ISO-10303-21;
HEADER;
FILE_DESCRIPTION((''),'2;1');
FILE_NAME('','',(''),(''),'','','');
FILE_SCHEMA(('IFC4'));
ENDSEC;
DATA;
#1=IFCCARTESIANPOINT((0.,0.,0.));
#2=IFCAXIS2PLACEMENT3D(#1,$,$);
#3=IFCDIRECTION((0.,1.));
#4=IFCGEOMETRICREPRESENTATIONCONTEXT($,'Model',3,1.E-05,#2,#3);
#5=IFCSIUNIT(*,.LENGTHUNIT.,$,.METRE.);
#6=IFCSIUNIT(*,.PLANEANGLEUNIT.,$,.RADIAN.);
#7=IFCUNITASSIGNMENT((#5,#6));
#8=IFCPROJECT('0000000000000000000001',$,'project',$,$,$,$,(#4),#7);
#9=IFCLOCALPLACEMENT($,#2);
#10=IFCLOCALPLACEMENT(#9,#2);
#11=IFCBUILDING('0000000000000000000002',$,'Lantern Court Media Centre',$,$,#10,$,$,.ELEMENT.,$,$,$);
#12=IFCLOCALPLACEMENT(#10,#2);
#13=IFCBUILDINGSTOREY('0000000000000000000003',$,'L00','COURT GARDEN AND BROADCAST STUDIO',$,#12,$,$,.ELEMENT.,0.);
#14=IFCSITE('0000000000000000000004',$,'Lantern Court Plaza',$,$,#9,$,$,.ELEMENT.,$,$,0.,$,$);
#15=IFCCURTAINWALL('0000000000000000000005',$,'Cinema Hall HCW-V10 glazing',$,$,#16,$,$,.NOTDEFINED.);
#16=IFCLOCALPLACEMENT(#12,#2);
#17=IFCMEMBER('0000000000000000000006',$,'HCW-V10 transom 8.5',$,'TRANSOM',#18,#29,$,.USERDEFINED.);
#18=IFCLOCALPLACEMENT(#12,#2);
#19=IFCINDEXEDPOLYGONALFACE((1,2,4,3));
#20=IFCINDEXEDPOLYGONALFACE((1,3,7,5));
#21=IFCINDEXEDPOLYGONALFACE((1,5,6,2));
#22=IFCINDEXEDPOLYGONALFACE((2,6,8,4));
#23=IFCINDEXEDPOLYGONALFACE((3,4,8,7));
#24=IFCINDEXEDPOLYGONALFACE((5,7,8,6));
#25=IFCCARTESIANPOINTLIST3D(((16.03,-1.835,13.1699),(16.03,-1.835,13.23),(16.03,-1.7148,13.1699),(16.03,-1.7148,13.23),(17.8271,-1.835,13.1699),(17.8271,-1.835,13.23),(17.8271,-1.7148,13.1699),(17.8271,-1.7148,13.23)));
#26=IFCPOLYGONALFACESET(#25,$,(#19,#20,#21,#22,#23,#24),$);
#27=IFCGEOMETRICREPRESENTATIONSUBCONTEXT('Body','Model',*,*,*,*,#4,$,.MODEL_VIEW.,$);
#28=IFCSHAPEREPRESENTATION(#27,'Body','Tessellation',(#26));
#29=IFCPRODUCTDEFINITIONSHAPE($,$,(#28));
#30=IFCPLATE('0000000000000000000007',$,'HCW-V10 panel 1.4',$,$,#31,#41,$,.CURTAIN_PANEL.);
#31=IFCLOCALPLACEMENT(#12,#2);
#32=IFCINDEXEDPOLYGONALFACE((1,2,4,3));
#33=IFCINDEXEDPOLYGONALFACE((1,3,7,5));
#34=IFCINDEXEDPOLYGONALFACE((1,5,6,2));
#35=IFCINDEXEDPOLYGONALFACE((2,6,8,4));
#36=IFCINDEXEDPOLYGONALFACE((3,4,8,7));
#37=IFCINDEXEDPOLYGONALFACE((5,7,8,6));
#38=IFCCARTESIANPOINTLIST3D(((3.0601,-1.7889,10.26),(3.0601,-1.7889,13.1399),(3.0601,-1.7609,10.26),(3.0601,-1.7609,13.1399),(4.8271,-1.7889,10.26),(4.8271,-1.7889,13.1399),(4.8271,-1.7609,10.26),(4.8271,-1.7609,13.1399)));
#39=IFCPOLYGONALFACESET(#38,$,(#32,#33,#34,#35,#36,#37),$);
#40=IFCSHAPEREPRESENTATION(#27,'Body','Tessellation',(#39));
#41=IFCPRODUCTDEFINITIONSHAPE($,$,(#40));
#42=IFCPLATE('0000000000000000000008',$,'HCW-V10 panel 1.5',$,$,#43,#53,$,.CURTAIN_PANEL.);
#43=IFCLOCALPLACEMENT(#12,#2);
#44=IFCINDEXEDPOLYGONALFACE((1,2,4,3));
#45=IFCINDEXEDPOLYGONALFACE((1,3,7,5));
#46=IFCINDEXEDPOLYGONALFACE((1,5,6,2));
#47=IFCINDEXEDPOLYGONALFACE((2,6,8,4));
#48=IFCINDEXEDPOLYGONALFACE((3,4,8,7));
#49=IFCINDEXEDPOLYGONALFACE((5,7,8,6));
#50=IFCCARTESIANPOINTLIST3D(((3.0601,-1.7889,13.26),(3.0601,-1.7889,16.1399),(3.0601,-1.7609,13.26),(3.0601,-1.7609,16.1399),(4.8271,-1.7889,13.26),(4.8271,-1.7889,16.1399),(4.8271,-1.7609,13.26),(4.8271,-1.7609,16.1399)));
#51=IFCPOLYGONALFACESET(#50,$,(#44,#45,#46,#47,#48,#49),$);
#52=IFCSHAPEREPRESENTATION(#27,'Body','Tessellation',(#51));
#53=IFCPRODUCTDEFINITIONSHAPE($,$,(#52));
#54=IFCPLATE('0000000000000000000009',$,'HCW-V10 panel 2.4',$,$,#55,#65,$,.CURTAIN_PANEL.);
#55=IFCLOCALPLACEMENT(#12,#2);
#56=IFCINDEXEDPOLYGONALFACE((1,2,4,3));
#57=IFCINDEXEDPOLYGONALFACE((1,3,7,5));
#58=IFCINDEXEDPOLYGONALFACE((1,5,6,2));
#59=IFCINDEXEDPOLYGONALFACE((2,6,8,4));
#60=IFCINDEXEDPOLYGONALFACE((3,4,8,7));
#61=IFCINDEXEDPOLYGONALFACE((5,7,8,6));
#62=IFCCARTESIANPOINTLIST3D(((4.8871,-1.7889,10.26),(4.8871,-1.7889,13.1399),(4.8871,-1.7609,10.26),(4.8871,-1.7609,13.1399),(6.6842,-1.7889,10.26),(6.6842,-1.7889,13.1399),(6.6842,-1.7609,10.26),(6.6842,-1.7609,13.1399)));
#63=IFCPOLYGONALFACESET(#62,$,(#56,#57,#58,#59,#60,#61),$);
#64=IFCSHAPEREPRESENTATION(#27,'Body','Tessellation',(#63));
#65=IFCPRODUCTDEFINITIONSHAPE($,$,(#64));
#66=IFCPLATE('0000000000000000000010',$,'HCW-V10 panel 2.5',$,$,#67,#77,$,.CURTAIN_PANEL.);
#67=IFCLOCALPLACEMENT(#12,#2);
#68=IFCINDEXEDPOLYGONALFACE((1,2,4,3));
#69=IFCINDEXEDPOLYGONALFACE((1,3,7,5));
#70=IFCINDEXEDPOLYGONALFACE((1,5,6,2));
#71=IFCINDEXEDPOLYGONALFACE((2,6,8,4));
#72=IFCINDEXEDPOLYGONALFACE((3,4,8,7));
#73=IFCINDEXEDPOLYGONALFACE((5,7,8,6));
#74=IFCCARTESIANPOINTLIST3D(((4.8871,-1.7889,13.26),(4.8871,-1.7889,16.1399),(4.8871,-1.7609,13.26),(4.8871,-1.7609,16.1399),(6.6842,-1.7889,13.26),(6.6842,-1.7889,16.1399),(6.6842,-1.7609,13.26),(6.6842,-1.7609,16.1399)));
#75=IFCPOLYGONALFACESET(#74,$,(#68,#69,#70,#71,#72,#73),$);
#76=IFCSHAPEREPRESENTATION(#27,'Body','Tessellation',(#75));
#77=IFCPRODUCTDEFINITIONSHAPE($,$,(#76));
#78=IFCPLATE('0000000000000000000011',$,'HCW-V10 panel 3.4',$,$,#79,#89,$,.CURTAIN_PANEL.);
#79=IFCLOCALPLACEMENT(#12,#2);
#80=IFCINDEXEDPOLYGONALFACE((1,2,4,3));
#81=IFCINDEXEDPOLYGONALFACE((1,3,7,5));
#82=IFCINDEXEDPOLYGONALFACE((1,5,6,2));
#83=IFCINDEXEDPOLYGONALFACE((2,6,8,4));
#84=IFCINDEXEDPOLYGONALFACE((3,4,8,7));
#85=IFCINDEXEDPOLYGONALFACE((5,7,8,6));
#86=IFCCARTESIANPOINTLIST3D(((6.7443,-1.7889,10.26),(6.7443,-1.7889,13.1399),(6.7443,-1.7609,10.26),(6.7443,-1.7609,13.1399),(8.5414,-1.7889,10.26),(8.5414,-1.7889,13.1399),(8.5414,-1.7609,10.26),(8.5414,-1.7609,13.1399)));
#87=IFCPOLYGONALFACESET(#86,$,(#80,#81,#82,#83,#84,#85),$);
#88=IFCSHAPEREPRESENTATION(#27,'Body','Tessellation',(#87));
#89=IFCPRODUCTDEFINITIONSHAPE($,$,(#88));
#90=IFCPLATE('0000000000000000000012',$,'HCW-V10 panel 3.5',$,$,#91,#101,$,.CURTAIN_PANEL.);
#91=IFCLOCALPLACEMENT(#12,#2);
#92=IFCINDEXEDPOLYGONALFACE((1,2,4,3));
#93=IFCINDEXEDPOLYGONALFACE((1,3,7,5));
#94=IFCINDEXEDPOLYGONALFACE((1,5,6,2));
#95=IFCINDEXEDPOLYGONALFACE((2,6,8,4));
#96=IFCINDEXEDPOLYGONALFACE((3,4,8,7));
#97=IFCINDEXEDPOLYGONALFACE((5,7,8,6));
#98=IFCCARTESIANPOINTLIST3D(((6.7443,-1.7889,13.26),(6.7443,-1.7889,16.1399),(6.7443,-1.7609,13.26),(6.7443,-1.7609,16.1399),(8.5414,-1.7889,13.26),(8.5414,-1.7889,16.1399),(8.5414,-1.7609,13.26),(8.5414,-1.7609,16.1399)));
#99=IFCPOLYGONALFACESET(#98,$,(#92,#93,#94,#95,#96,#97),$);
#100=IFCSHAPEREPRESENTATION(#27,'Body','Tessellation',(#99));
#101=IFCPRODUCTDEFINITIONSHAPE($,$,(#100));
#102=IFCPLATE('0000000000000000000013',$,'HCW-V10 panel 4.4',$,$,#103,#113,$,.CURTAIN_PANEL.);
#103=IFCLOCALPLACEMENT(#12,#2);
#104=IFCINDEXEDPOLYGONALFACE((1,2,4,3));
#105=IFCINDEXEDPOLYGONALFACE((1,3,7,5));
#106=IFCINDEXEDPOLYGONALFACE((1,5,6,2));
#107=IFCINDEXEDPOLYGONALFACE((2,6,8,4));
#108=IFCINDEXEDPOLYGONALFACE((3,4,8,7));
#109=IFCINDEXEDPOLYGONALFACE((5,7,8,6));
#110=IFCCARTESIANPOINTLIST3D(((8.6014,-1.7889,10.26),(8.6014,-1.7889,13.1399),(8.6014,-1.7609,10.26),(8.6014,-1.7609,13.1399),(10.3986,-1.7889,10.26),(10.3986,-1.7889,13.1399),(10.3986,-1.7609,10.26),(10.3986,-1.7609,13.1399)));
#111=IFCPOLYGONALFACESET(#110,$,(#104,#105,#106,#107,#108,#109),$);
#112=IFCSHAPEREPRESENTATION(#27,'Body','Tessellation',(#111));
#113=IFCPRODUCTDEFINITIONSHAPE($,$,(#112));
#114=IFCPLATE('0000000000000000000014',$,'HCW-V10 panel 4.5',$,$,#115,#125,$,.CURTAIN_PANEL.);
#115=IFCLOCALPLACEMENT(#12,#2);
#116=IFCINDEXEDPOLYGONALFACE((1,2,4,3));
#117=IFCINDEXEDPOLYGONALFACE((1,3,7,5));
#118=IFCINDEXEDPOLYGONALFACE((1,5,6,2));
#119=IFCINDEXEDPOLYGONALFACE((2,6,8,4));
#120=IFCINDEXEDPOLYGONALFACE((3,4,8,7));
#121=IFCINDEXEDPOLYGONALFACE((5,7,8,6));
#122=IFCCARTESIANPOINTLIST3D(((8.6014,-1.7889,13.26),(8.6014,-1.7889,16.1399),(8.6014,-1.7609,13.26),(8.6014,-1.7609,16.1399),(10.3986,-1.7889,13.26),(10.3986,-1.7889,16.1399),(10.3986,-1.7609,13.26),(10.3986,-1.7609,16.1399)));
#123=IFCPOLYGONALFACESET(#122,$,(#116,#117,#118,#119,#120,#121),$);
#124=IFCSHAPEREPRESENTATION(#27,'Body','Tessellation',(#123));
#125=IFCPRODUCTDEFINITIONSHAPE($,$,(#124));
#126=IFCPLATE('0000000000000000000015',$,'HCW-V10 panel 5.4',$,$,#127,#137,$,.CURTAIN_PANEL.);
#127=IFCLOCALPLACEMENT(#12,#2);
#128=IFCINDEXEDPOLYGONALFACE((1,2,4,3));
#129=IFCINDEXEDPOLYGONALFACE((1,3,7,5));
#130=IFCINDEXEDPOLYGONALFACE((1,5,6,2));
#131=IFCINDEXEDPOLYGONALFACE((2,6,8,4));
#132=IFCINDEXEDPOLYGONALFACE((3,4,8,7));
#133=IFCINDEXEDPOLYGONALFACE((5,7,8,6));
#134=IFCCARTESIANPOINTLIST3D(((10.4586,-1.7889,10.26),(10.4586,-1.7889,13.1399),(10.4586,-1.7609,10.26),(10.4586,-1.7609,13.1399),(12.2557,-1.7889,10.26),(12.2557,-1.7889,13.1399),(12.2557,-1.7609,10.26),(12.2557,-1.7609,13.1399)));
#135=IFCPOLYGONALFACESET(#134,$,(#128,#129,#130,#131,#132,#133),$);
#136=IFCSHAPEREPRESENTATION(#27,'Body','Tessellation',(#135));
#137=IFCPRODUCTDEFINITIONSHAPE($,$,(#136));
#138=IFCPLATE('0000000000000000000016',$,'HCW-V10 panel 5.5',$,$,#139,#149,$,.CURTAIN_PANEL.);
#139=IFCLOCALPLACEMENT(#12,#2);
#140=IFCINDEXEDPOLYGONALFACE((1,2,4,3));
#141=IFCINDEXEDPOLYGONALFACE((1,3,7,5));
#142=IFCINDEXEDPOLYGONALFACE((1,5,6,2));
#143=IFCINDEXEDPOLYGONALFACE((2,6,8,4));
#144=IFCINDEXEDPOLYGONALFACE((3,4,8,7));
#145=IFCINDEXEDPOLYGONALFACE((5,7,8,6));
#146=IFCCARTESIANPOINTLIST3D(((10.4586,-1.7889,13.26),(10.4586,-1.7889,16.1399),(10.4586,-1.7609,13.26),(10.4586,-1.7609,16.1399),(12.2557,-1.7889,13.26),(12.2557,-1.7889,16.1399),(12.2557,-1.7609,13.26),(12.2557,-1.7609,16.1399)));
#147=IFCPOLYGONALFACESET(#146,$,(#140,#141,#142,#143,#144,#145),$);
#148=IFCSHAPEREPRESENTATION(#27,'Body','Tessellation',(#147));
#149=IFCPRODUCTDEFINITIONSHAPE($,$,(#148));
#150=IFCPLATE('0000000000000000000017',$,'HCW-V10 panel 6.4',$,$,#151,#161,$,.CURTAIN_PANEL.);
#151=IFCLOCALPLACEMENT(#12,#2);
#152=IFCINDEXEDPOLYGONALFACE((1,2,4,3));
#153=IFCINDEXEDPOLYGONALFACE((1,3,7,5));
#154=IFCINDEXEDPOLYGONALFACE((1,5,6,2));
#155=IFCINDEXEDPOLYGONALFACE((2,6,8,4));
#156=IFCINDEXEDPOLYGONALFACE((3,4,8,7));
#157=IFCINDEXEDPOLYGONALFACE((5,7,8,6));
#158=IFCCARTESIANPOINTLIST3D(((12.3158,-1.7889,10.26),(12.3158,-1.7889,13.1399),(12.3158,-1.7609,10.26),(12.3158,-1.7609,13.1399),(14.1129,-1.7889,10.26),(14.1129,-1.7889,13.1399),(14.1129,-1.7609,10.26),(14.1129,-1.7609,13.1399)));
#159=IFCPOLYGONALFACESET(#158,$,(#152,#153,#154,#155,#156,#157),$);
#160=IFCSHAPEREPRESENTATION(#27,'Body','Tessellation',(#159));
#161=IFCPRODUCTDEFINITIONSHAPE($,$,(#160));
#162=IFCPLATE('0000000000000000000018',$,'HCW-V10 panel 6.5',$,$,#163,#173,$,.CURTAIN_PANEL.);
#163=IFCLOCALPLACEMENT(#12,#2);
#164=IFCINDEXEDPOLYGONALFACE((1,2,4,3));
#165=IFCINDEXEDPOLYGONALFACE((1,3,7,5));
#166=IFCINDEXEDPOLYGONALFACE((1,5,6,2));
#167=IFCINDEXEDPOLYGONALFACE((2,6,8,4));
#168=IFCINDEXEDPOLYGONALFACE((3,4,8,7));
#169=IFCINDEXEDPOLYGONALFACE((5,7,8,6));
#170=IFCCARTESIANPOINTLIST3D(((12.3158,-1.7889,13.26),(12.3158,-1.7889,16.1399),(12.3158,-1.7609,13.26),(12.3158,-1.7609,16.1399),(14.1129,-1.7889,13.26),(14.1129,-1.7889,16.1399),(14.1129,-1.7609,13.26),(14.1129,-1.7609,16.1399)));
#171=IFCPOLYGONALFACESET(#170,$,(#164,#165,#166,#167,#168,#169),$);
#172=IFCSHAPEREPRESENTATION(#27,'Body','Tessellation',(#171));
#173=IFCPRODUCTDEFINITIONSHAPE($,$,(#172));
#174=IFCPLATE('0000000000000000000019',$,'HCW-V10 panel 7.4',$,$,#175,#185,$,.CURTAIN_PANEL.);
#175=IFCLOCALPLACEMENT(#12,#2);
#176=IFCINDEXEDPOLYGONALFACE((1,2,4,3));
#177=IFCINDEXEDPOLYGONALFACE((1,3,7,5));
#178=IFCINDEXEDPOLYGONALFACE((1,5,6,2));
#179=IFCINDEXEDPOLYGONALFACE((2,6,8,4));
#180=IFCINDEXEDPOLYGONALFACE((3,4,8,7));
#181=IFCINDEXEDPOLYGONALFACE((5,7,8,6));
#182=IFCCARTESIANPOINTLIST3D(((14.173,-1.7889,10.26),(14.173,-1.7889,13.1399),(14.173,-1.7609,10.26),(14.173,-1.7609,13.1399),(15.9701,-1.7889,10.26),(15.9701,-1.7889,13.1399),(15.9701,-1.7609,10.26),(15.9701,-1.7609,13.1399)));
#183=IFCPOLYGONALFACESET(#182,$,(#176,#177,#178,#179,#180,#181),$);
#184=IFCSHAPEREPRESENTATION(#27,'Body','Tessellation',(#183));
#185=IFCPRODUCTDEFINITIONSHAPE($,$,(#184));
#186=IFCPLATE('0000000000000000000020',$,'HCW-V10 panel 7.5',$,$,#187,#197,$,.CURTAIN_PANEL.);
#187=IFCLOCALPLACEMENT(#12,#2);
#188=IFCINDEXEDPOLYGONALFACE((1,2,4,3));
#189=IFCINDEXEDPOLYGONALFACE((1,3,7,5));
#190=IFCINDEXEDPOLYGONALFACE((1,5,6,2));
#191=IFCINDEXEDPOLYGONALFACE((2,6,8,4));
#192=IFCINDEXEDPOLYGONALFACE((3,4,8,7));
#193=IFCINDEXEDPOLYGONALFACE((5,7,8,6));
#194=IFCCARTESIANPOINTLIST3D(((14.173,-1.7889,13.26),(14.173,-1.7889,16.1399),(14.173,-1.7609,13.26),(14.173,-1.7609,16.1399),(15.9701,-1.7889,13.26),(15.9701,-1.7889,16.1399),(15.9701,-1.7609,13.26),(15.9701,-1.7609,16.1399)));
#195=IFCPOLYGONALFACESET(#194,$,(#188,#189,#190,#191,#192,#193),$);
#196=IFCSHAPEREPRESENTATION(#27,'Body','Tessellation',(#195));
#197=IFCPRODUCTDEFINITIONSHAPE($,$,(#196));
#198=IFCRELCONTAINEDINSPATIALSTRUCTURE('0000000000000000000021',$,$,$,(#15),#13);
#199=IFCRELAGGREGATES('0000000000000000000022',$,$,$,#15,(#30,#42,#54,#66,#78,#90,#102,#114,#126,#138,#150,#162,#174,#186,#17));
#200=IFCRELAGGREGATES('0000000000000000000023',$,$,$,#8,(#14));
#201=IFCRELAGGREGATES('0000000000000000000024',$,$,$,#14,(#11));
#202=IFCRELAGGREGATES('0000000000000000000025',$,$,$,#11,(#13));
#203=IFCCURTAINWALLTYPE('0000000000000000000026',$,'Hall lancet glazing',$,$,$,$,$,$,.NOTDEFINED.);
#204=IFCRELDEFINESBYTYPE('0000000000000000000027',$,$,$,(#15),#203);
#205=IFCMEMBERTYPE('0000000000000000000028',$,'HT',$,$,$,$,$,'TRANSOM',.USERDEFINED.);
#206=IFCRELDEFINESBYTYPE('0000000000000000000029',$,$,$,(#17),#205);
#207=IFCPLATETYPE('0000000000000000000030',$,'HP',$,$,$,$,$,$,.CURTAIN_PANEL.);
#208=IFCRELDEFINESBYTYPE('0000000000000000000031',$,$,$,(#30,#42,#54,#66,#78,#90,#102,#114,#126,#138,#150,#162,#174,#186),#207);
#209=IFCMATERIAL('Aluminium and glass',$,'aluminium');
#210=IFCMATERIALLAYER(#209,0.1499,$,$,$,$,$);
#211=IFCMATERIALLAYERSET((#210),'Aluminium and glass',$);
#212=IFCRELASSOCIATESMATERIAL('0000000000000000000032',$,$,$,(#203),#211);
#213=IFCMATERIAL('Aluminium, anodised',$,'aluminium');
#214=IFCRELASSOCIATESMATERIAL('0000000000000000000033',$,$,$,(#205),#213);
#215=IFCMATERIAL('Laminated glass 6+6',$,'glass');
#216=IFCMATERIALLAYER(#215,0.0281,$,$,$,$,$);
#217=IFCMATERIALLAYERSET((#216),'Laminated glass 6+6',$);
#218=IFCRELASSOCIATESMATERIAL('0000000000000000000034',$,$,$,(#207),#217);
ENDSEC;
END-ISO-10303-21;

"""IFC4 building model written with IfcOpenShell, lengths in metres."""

from ifc_helpers import new_model, si_unit, direction, frame, origin, origin_2d, place, context, subcontext, project, spatial, rectangle, extrude, material, layer, layer_set, material_profile, profile_set, type_object, element, aggregate, save


model = new_model("IFC4")

# Units and contexts
model_context = context("Model", 3, precision=1e-05, world=origin(), true_north=direction((0.0, 1.0)))
body_context = subcontext(model_context, "Body", "Model", "MODEL_VIEW")
ifc_project = project(units=[si_unit("LENGTHUNIT", "METRE"), si_unit("PLANEANGLEUNIT", "RADIAN")], contexts=[model_context])

# Site, building, storey
site_placement = place(None, origin())
site = spatial("IfcSite", under=ifc_project, at=site_placement, Name="Lantern Court Plaza", CompositionType="ELEMENT", RefElevation=0.0)
building_placement = place(site_placement, origin())
building = spatial("IfcBuilding", under=site, at=building_placement, Name="Lantern Court Media Centre", CompositionType="ELEMENT")
storey_placement = place(building_placement, origin())
storey = spatial("IfcBuildingStorey", under=building, at=storey_placement, Name="L00", Description="COURT GARDEN AND BROADCAST STUDIO", CompositionType="ELEMENT", Elevation=0.0)

# Curtain wall, member, plates
ifc_material_1 = material(Name="Aluminium and glass", Category="aluminium")
ifc_layer_1 = layer(ifc_material_1, 0.1499)
ifc_layer_set_1 = layer_set([ifc_layer_1], Name="Aluminium and glass")
curtain_wall_type = type_object("IfcCurtainWallType", Name="Hall lancet glazing", PredefinedType="NOTDEFINED", material=ifc_layer_set_1)
curtain_wall_placement = place(storey_placement, origin())
curtain_wall = element("IfcCurtainWall", 1, at=curtain_wall_placement, inside=storey, type_object=curtain_wall_type, Name="Cinema Hall HCW-V10 glazing", PredefinedType="NOTDEFINED")
ifc_material_2 = material(Name="Aluminium, anodised", Category="aluminium")
ifc_material_profile = material_profile(ifc_material_2, rectangle(XDim=0.1201, YDim=0.0601, at=origin_2d()), Name="HT")
ifc_profile_set = profile_set([ifc_material_profile], Name="Aluminium, anodised")
member_type = type_object("IfcMemberType", Name="HT", ElementType="TRANSOM", PredefinedType="USERDEFINED", material=ifc_profile_set)
member_1_placement = place(storey_placement, frame((16.03, -1.7749, 13.2), z_axis=(1.0, 0.0, 0.0), x_axis=(0.0, 1.0, 0.0)))
member_1 = element("IfcMember", 2, at=member_1_placement, type_object=member_type, Name="HCW-V10 transom 8.5", ObjectType="TRANSOM", PredefinedType="USERDEFINED", context=body_context, shape_type="SweptSolid", body=[
    extrude(rectangle(XDim=0.1201, YDim=0.0601, at=origin_2d()), origin(), (0.0, 0.0, 1.0), 1.7971),
])
ifc_material_3 = material(Name="Laminated glass 6+6", Category="glass")
ifc_layer_2 = layer(ifc_material_3, 0.0281)
ifc_layer_set_2 = layer_set([ifc_layer_2], Name="Laminated glass 6+6")
plate_type = type_object("IfcPlateType", Name="HP", PredefinedType="CURTAIN_PANEL", material=ifc_layer_set_2)
plate_1_placement = place(storey_placement, frame((3.9436, -1.7749, 10.26), z_axis=(0.0, 0.0, 1.0), x_axis=(1.0, 0.0, 0.0)))
plate_1 = element("IfcPlate", 3, at=plate_1_placement, type_object=plate_type, Name="HCW-V10 panel 1.4", PredefinedType="CURTAIN_PANEL", context=body_context, shape_type="SweptSolid", body=[
    extrude(rectangle(XDim=1.7671, YDim=0.0281, at=origin_2d()), origin(), (0.0, 0.0, 1.0), 2.8799),
])
plate_2_placement = place(storey_placement, frame((3.9436, -1.7749, 13.26), z_axis=(0.0, 0.0, 1.0), x_axis=(1.0, 0.0, 0.0)))
plate_2 = element("IfcPlate", 4, at=plate_2_placement, type_object=plate_type, Name="HCW-V10 panel 1.5", PredefinedType="CURTAIN_PANEL", context=body_context, shape_type="SweptSolid", body=[
    extrude(rectangle(XDim=1.7671, YDim=0.0281, at=origin_2d()), origin(), (0.0, 0.0, 1.0), 2.8799),
])
plate_3_placement = place(storey_placement, frame((5.7856, -1.7749, 10.26), z_axis=(0.0, 0.0, 1.0), x_axis=(1.0, 0.0, 0.0)))
plate_3 = element("IfcPlate", 5, at=plate_3_placement, type_object=plate_type, Name="HCW-V10 panel 2.4", PredefinedType="CURTAIN_PANEL", context=body_context, shape_type="SweptSolid", body=[
    extrude(rectangle(XDim=1.7971, YDim=0.0281, at=origin_2d()), origin(), (0.0, 0.0, 1.0), 2.8799),
])
plate_4_placement = place(storey_placement, frame((5.7856, -1.7749, 13.26), z_axis=(0.0, 0.0, 1.0), x_axis=(1.0, 0.0, 0.0)))
plate_4 = element("IfcPlate", 6, at=plate_4_placement, type_object=plate_type, Name="HCW-V10 panel 2.5", PredefinedType="CURTAIN_PANEL", context=body_context, shape_type="SweptSolid", body=[
    extrude(rectangle(XDim=1.7971, YDim=0.0281, at=origin_2d()), origin(), (0.0, 0.0, 1.0), 2.8799),
])
plate_5_placement = place(storey_placement, frame((7.6428, -1.7749, 10.26), z_axis=(0.0, 0.0, 1.0), x_axis=(1.0, 0.0, 0.0)))
plate_5 = element("IfcPlate", 7, at=plate_5_placement, type_object=plate_type, Name="HCW-V10 panel 3.4", PredefinedType="CURTAIN_PANEL", context=body_context, shape_type="SweptSolid", body=[
    extrude(rectangle(XDim=1.7971, YDim=0.0281, at=origin_2d()), origin(), (0.0, 0.0, 1.0), 2.8799),
])
plate_6_placement = place(storey_placement, frame((7.6428, -1.7749, 13.26), z_axis=(0.0, 0.0, 1.0), x_axis=(1.0, 0.0, 0.0)))
plate_6 = element("IfcPlate", 8, at=plate_6_placement, type_object=plate_type, Name="HCW-V10 panel 3.5", PredefinedType="CURTAIN_PANEL", context=body_context, shape_type="SweptSolid", body=[
    extrude(rectangle(XDim=1.7971, YDim=0.0281, at=origin_2d()), origin(), (0.0, 0.0, 1.0), 2.8799),
])
plate_7_placement = place(storey_placement, frame((9.5, -1.7749, 10.26), z_axis=(0.0, 0.0, 1.0), x_axis=(1.0, 0.0, 0.0)))
plate_7 = element("IfcPlate", 9, at=plate_7_placement, type_object=plate_type, Name="HCW-V10 panel 4.4", PredefinedType="CURTAIN_PANEL", context=body_context, shape_type="SweptSolid", body=[
    extrude(rectangle(XDim=1.7971, YDim=0.0281, at=origin_2d()), origin(), (0.0, 0.0, 1.0), 2.8799),
])
plate_8_placement = place(storey_placement, frame((9.5, -1.7749, 13.26), z_axis=(0.0, 0.0, 1.0), x_axis=(1.0, 0.0, 0.0)))
plate_8 = element("IfcPlate", 10, at=plate_8_placement, type_object=plate_type, Name="HCW-V10 panel 4.5", PredefinedType="CURTAIN_PANEL", context=body_context, shape_type="SweptSolid", body=[
    extrude(rectangle(XDim=1.7971, YDim=0.0281, at=origin_2d()), origin(), (0.0, 0.0, 1.0), 2.8799),
])
plate_9_placement = place(storey_placement, frame((11.3572, -1.7749, 10.26), z_axis=(0.0, 0.0, 1.0), x_axis=(1.0, 0.0, 0.0)))
plate_9 = element("IfcPlate", 11, at=plate_9_placement, type_object=plate_type, Name="HCW-V10 panel 5.4", PredefinedType="CURTAIN_PANEL", context=body_context, shape_type="SweptSolid", body=[
    extrude(rectangle(XDim=1.7971, YDim=0.0281, at=origin_2d()), origin(), (0.0, 0.0, 1.0), 2.8799),
])
plate_10_placement = place(storey_placement, frame((11.3572, -1.7749, 13.26), z_axis=(0.0, 0.0, 1.0), x_axis=(1.0, 0.0, 0.0)))
plate_10 = element("IfcPlate", 12, at=plate_10_placement, type_object=plate_type, Name="HCW-V10 panel 5.5", PredefinedType="CURTAIN_PANEL", context=body_context, shape_type="SweptSolid", body=[
    extrude(rectangle(XDim=1.7971, YDim=0.0281, at=origin_2d()), origin(), (0.0, 0.0, 1.0), 2.8799),
])
plate_11_placement = place(storey_placement, frame((13.2144, -1.7749, 10.26), z_axis=(0.0, 0.0, 1.0), x_axis=(1.0, 0.0, 0.0)))
plate_11 = element("IfcPlate", 13, at=plate_11_placement, type_object=plate_type, Name="HCW-V10 panel 6.4", PredefinedType="CURTAIN_PANEL", context=body_context, shape_type="SweptSolid", body=[
    extrude(rectangle(XDim=1.7971, YDim=0.0281, at=origin_2d()), origin(), (0.0, 0.0, 1.0), 2.8799),
])
plate_12_placement = place(storey_placement, frame((13.2144, -1.7749, 13.26), z_axis=(0.0, 0.0, 1.0), x_axis=(1.0, 0.0, 0.0)))
plate_12 = element("IfcPlate", 14, at=plate_12_placement, type_object=plate_type, Name="HCW-V10 panel 6.5", PredefinedType="CURTAIN_PANEL", context=body_context, shape_type="SweptSolid", body=[
    extrude(rectangle(XDim=1.7971, YDim=0.0281, at=origin_2d()), origin(), (0.0, 0.0, 1.0), 2.8799),
])
plate_13_placement = place(storey_placement, frame((15.0715, -1.7749, 10.26), z_axis=(0.0, 0.0, 1.0), x_axis=(1.0, 0.0, 0.0)))
plate_13 = element("IfcPlate", 15, at=plate_13_placement, type_object=plate_type, Name="HCW-V10 panel 7.4", PredefinedType="CURTAIN_PANEL", context=body_context, shape_type="SweptSolid", body=[
    extrude(rectangle(XDim=1.7971, YDim=0.0281, at=origin_2d()), origin(), (0.0, 0.0, 1.0), 2.8799),
])
plate_14_placement = place(storey_placement, frame((15.0715, -1.7749, 13.26), z_axis=(0.0, 0.0, 1.0), x_axis=(1.0, 0.0, 0.0)))
plate_14 = element("IfcPlate", 16, at=plate_14_placement, type_object=plate_type, Name="HCW-V10 panel 7.5", PredefinedType="CURTAIN_PANEL", context=body_context, shape_type="SweptSolid", body=[
    extrude(rectangle(XDim=1.7971, YDim=0.0281, at=origin_2d()), origin(), (0.0, 0.0, 1.0), 2.8799),
])
aggregate(curtain_wall, [plate_1, plate_2, plate_3, plate_4, plate_5, plate_6, plate_7, plate_8, plate_9, plate_10, plate_11, plate_12, plate_13, plate_14, member_1])

save(model, "model.ifc")
